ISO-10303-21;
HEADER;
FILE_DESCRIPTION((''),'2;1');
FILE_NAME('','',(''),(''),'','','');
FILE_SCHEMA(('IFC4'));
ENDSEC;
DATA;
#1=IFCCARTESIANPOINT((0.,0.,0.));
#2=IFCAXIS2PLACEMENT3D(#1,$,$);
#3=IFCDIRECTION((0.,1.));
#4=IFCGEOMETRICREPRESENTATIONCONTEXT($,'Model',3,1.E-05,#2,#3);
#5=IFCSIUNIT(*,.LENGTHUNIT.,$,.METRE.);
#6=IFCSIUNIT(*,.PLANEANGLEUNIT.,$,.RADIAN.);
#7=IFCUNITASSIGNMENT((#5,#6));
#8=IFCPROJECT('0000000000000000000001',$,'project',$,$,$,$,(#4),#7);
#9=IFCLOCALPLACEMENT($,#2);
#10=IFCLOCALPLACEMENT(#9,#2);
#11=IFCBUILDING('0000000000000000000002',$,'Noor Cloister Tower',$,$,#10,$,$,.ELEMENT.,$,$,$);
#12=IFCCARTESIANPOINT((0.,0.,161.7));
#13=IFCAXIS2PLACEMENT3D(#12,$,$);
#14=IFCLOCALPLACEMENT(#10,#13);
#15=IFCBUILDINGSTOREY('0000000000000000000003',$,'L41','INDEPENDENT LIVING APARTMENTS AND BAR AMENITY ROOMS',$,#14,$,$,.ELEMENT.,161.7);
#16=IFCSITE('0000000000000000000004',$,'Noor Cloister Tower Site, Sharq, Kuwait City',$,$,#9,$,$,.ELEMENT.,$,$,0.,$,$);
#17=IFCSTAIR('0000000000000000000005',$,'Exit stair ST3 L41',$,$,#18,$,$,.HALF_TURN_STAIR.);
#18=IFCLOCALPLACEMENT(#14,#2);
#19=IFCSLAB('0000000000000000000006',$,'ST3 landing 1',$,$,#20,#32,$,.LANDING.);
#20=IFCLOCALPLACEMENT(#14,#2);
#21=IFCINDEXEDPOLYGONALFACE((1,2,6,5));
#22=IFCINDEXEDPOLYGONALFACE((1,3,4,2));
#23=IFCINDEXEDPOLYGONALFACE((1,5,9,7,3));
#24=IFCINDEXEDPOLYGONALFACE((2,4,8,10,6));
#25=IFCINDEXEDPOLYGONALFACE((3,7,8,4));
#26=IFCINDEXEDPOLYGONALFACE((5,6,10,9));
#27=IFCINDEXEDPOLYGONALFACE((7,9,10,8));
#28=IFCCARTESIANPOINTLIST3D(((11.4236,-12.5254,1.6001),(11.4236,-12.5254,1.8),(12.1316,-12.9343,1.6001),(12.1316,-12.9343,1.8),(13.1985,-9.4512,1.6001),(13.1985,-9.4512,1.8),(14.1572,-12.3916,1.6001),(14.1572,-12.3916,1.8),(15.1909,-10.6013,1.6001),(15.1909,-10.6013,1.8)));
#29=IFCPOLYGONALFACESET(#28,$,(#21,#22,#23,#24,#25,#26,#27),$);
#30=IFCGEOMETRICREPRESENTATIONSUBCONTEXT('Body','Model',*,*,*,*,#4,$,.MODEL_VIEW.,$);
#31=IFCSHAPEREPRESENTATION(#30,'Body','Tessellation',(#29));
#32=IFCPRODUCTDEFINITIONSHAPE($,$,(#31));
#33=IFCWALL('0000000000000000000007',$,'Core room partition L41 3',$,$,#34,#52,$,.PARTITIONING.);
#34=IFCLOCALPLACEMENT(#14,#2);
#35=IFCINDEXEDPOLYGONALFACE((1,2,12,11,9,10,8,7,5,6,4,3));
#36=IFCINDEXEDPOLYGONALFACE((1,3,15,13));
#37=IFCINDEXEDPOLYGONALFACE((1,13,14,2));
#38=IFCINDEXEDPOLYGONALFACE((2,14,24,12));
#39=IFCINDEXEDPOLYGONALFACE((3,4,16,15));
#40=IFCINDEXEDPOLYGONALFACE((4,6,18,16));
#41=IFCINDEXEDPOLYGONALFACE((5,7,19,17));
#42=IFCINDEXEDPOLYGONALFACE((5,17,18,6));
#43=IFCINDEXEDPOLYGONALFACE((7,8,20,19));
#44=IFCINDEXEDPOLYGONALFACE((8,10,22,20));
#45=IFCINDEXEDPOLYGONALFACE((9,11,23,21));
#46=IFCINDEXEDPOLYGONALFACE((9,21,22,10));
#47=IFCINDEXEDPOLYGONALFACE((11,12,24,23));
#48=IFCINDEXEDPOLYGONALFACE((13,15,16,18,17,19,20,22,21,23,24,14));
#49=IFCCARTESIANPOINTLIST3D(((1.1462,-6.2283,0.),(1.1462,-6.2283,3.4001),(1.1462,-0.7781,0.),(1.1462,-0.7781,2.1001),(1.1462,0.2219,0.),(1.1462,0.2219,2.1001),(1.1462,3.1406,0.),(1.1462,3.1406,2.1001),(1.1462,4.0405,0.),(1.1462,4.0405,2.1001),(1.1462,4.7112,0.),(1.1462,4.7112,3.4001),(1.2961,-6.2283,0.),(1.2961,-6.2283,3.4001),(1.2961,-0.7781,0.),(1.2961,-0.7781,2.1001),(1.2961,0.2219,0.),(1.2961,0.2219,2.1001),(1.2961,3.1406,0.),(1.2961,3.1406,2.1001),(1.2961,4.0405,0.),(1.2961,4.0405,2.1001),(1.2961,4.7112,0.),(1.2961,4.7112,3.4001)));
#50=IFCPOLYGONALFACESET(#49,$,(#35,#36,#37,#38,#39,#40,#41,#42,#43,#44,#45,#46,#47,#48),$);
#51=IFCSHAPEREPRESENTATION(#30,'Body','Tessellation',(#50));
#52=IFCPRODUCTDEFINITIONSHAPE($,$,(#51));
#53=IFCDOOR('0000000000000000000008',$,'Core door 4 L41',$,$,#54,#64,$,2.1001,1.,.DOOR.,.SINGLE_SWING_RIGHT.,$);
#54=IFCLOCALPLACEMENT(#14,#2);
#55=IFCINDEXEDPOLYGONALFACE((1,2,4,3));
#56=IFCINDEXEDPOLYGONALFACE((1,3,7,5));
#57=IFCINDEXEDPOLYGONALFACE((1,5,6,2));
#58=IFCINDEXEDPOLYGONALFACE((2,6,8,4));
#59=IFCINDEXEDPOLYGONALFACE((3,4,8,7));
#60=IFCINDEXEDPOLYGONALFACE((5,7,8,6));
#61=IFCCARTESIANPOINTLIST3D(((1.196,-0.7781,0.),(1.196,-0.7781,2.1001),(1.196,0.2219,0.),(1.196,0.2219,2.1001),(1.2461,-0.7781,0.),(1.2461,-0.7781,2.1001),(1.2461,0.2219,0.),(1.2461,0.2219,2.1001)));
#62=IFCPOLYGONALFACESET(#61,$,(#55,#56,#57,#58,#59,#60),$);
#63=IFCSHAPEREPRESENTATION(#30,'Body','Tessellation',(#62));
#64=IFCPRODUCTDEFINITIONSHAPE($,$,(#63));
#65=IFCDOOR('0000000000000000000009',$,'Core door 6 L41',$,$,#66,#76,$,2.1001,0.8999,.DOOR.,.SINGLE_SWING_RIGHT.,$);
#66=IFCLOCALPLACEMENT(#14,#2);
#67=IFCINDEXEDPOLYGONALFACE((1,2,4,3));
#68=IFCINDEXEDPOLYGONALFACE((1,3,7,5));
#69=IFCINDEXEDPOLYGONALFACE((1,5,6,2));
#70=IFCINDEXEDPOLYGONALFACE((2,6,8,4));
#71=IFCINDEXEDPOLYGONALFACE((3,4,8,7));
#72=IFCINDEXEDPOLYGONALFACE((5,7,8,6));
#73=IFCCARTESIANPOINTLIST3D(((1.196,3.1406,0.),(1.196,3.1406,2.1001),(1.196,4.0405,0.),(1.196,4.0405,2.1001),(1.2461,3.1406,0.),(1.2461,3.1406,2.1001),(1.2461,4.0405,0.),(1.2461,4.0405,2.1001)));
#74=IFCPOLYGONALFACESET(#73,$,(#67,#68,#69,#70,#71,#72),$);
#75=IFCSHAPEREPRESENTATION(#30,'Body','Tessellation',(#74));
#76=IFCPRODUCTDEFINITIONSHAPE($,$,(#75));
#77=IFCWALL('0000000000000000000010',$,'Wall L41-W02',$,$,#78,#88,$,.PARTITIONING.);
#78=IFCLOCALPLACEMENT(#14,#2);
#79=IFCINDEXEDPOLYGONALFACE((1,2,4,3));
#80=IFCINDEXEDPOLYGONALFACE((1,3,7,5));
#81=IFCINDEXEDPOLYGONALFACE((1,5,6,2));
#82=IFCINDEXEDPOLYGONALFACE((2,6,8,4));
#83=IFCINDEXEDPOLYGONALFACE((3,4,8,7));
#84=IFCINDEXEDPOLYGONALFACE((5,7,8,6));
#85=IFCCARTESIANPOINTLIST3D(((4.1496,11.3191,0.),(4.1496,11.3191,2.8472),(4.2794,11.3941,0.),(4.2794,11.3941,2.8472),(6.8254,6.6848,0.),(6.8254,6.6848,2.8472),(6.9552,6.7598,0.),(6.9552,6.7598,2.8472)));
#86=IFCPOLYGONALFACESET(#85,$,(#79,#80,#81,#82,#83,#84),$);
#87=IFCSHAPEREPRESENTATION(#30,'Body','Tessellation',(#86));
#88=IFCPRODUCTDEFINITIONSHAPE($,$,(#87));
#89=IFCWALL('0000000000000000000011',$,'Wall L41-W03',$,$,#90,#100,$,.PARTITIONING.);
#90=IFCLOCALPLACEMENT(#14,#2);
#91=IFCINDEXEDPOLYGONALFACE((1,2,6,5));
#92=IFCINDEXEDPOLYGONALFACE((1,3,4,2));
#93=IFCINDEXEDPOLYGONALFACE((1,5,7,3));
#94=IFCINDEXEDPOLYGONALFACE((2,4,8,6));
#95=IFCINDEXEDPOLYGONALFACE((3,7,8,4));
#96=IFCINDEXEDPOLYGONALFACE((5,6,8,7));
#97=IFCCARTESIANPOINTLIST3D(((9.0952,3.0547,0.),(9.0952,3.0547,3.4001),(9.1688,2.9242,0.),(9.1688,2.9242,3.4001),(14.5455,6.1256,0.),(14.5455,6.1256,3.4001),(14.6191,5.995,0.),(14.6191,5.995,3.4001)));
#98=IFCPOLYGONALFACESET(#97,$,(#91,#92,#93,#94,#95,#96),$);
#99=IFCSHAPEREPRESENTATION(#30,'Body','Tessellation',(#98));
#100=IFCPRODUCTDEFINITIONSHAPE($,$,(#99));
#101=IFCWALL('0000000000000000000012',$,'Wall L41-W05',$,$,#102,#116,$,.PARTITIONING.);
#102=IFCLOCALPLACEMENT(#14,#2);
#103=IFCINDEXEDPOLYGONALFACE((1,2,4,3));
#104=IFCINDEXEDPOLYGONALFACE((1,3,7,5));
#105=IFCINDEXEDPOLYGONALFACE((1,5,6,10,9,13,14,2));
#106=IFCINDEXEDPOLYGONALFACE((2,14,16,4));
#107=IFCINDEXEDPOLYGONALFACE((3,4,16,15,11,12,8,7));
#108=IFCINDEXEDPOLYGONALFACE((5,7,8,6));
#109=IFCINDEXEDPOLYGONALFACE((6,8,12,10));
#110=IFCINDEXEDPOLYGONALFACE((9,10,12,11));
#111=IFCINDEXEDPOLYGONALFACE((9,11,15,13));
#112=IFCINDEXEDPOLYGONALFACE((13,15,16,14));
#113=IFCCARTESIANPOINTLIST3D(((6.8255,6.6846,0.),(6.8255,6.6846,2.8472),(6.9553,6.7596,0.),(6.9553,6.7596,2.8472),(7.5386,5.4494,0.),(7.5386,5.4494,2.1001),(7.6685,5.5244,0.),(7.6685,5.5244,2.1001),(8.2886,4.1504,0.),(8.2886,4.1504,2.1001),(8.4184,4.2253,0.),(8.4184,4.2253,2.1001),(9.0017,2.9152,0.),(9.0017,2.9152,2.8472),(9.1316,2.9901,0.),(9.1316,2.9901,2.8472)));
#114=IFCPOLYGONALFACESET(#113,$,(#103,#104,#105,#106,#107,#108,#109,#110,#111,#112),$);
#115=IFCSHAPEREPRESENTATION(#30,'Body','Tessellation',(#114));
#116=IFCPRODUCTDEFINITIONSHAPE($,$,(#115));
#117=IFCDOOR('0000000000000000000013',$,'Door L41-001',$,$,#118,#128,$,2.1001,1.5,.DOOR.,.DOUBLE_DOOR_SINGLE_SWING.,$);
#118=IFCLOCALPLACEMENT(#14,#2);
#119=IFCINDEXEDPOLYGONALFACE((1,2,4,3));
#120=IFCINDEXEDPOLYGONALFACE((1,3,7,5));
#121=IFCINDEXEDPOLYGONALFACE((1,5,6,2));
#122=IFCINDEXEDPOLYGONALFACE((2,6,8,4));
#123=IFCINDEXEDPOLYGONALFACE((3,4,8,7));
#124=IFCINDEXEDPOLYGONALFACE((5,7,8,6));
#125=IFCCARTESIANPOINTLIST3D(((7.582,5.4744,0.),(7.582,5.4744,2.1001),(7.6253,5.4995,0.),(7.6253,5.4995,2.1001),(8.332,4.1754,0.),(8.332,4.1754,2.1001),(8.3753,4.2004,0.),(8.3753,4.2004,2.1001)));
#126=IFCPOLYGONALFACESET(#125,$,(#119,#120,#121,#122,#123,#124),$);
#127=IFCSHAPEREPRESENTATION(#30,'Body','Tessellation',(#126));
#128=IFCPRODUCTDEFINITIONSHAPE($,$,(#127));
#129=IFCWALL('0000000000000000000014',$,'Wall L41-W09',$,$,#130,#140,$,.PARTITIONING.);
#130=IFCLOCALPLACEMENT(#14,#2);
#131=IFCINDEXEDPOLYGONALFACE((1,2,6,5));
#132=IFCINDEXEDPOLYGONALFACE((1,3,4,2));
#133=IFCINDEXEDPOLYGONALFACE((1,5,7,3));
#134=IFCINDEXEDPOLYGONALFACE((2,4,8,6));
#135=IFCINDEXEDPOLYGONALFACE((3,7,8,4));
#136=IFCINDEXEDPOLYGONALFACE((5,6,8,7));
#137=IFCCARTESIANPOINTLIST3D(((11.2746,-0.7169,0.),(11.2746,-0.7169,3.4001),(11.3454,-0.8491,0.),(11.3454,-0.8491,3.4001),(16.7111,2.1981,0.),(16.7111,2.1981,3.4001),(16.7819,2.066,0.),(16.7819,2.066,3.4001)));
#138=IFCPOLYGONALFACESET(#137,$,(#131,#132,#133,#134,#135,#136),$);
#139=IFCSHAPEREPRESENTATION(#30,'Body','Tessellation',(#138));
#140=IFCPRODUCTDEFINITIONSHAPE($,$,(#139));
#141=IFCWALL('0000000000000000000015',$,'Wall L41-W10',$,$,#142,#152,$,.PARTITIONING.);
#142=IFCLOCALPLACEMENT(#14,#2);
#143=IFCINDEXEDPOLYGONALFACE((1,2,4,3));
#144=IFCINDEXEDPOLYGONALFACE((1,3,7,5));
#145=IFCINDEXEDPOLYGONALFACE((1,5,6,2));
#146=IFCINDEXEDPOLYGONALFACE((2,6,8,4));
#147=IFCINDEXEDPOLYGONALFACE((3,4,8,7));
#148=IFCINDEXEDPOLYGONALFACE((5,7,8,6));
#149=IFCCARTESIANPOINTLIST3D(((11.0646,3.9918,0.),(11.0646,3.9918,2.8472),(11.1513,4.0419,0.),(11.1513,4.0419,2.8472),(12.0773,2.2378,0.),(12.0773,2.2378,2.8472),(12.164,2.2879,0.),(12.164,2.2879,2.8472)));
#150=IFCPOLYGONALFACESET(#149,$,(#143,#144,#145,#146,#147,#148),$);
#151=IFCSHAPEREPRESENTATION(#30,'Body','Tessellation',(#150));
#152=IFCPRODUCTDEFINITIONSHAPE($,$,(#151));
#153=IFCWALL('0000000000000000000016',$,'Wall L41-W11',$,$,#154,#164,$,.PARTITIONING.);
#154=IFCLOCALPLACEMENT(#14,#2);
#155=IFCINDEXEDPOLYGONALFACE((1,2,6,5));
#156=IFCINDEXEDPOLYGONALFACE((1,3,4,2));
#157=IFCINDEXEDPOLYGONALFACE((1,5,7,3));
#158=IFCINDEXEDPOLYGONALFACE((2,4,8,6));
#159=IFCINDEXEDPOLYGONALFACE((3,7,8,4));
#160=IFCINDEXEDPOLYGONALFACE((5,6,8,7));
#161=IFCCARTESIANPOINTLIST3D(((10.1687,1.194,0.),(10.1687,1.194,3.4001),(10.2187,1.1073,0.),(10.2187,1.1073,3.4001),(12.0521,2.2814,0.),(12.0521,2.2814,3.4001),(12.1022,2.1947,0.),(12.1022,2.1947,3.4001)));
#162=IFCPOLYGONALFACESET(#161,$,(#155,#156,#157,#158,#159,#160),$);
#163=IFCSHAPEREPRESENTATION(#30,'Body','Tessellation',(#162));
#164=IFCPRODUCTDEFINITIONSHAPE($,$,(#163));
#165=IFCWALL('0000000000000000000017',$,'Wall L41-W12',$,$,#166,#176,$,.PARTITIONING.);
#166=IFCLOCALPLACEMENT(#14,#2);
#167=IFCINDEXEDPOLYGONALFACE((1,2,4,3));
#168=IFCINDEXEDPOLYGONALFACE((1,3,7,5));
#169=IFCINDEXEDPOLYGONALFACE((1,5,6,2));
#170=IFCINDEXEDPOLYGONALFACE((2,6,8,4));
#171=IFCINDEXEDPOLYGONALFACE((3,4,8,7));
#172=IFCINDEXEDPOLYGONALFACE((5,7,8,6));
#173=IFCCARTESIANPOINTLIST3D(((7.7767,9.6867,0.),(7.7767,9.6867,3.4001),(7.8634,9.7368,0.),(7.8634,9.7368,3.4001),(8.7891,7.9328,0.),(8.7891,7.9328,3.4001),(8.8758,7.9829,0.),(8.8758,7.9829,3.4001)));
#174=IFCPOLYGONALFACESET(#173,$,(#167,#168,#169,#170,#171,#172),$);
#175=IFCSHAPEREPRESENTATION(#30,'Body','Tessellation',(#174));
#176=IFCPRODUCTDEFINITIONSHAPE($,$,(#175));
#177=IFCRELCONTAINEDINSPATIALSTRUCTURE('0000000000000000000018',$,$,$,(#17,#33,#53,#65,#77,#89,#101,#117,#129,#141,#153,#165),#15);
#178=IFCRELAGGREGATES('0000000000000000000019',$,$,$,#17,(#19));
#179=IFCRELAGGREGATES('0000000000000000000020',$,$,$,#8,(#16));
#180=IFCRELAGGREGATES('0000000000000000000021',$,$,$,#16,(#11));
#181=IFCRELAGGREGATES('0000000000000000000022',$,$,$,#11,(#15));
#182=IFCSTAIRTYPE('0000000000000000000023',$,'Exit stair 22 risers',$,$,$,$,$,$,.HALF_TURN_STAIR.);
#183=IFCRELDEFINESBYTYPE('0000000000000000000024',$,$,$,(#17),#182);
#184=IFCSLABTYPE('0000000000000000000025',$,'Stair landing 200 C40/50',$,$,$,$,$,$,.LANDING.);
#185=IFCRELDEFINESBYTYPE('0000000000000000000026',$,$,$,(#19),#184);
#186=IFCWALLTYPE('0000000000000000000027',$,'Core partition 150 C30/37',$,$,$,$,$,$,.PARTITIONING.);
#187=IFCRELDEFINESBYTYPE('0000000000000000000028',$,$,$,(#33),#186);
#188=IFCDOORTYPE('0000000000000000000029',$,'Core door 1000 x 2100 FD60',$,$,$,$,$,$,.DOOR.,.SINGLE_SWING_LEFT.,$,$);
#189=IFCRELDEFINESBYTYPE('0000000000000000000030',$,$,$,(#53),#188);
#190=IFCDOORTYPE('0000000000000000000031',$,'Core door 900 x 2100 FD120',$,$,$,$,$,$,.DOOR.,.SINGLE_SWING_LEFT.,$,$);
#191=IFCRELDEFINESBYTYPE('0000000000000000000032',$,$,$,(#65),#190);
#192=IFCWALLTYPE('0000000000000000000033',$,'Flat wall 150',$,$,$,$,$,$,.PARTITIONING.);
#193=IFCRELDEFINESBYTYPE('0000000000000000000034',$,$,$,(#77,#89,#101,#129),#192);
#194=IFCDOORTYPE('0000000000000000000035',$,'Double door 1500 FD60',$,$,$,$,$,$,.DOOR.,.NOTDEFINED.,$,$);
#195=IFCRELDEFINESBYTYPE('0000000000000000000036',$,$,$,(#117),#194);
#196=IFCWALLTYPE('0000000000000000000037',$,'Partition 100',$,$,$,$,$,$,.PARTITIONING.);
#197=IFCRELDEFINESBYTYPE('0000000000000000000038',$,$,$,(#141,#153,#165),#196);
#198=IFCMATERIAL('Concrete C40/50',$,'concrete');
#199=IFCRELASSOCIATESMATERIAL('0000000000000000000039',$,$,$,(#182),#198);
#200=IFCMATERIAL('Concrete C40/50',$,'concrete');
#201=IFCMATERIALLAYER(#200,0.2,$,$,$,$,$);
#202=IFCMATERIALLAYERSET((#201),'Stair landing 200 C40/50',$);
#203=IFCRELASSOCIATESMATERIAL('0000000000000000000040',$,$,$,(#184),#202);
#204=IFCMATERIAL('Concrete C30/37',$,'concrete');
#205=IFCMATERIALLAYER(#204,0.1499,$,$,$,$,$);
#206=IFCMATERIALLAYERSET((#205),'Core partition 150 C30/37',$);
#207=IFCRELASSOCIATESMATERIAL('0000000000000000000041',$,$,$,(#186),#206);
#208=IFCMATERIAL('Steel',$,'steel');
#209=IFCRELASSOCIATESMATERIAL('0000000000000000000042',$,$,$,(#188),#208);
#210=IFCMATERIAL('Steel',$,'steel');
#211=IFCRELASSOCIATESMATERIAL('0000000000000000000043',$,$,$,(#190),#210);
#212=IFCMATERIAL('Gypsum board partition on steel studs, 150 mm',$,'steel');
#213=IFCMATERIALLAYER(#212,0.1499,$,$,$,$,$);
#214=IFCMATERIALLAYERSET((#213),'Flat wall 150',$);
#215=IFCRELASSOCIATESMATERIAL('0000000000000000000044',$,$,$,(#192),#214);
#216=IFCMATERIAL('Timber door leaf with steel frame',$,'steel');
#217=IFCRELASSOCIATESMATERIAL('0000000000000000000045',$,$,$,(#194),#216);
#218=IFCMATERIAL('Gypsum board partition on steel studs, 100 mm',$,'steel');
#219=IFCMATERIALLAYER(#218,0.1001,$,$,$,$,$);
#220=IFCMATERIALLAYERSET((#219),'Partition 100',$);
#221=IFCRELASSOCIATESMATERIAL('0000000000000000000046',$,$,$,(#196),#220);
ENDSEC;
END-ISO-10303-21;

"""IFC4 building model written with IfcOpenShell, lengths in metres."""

from ifc_helpers import new_model, si_unit, direction, frame, frame_2d, origin, place, context, subcontext, project, spatial, polyline, rectangle, outline, extrude, material, layer, layer_set, type_object, element, fill, aggregate, save


model = new_model("IFC4")

# Units and contexts
model_context = context("Model", 3, precision=1e-05, world=origin(), true_north=direction((0.0, 1.0)))
body_context = subcontext(model_context, "Body", "Model", "MODEL_VIEW")
ifc_project = project(units=[si_unit("LENGTHUNIT", "METRE"), si_unit("PLANEANGLEUNIT", "RADIAN")], contexts=[model_context])

# Site, building, storey
site_placement = place(None, origin())
site = spatial("IfcSite", under=ifc_project, at=site_placement, Name="Noor Cloister Tower Site, Sharq, Kuwait City", CompositionType="ELEMENT", RefElevation=0.0)
building_placement = place(site_placement, origin())
building = spatial("IfcBuilding", under=site, at=building_placement, Name="Noor Cloister Tower", CompositionType="ELEMENT")
storey_placement = place(building_placement, frame((0.0, 0.0, 161.7)))
storey = spatial("IfcBuildingStorey", under=building, at=storey_placement, Name="L41", Description="INDEPENDENT LIVING APARTMENTS AND BAR AMENITY ROOMS", CompositionType="ELEMENT", Elevation=161.7)

# Stair, slab
ifc_material_1 = material(Name="Concrete C40/50", Category="concrete")
stair_type = type_object("IfcStairType", Name="Exit stair 22 risers", PredefinedType="HALF_TURN_STAIR", material=ifc_material_1)
stair_placement = place(storey_placement, origin())
stair = element("IfcStair", 1, at=stair_placement, inside=storey, type_object=stair_type, Name="Exit stair ST3 L41", PredefinedType="HALF_TURN_STAIR")
ifc_material_2 = material(Name="Concrete C40/50", Category="concrete")
ifc_layer_1 = layer(ifc_material_2, 0.2)
ifc_layer_set_1 = layer_set([ifc_layer_1], Name="Stair landing 200 C40/50")
slab_type = type_object("IfcSlabType", Name="Stair landing 200 C40/50", PredefinedType="LANDING", material=ifc_layer_set_1)
slab_placement = place(storey_placement, frame((0.0, 0.0, 1.6001)))
slab = element("IfcSlab", 2, at=slab_placement, type_object=slab_type, Name="ST3 landing 1", PredefinedType="LANDING", context=body_context, shape_type="SweptSolid", body=[
    extrude(outline(polyline([(11.4236, -12.5254), (12.1316, -12.9343), (14.1572, -12.3916), (15.1909, -10.6013), (13.1985, -9.4512), (11.4236, -12.5254)])), origin(), (0.0, 0.0, 1.0), 0.2),
])
aggregate(stair, [slab])

# Wall, openings, doors
ifc_material_3 = material(Name="Concrete C30/37", Category="concrete")
ifc_layer_2 = layer(ifc_material_3, 0.1499)
ifc_layer_set_2 = layer_set([ifc_layer_2], Name="Core partition 150 C30/37")
wall_type_1 = type_object("IfcWallType", Name="Core partition 150 C30/37", PredefinedType="PARTITIONING", material=ifc_layer_set_2)
wall_1_placement = place(storey_placement, frame((1.2212, 4.7112, 0.0), z_axis=(0.0, 0.0, 1.0), x_axis=(0.0, -1.0, 0.0)))
wall_1 = element("IfcWall", 3, at=wall_1_placement, inside=storey, type_object=wall_type_1, Name="Core room partition L41 3", PredefinedType="PARTITIONING", context=body_context, shape_type="SweptSolid", body=[
    extrude(rectangle(XDim=10.9395, YDim=0.1499, at=frame_2d((5.4697, 0.0))), origin(), (0.0, 0.0, 1.0), 3.4001),
])
opening_1_placement = place(wall_1_placement, frame((4.4893, 0.0, 0.0)))
opening_1 = element("IfcOpeningElement", 4, at=opening_1_placement, cuts=wall_1, PredefinedType="OPENING", context=body_context, shape_type="SweptSolid", body=[
    extrude(rectangle(XDim=1.0, YDim=2.1001, at=frame_2d((0.5, 1.05))), frame((0.0, 0.085, 0.0), z_axis=(0.0, -1.0, 0.0), x_axis=(1.0, 0.0, 0.0)), (0.0, 0.0, 1.0), 0.1699),
])
opening_2_placement = place(wall_1_placement, frame((0.6707, 0.0, 0.0)))
opening_2 = element("IfcOpeningElement", 5, at=opening_2_placement, cuts=wall_1, PredefinedType="OPENING", context=body_context, shape_type="SweptSolid", body=[
    extrude(rectangle(XDim=0.8999, YDim=2.1001, at=frame_2d((0.45, 1.05))), frame((0.0, 0.085, 0.0), z_axis=(0.0, -1.0, 0.0), x_axis=(1.0, 0.0, 0.0)), (0.0, 0.0, 1.0), 0.1699),
])
ifc_material_4 = material(Name="Steel", Category="steel")
door_type_1 = type_object("IfcDoorType", Name="Core door 1000 x 2100 FD60", OperationType="SINGLE_SWING_LEFT", PredefinedType="DOOR", material=ifc_material_4)
door_1_placement = place(opening_1_placement, origin())
door_1 = element("IfcDoor", 6, at=door_1_placement, inside=storey, type_object=door_type_1, Name="Core door 4 L41", OperationType="SINGLE_SWING_RIGHT", OverallHeight=2.1001, OverallWidth=1.0, PredefinedType="DOOR", context=body_context, shape_type="SweptSolid", body=[
    extrude(rectangle(XDim=1.0, YDim=2.1001, at=frame_2d((0.5, 1.05))), frame((0.0, 0.0249, 0.0), z_axis=(0.0, -1.0, 0.0), x_axis=(1.0, 0.0, 0.0)), (0.0, 0.0, 1.0), 0.05),
])
fill(opening_1, door_1)
ifc_material_5 = material(Name="Steel", Category="steel")
door_type_2 = type_object("IfcDoorType", Name="Core door 900 x 2100 FD120", OperationType="SINGLE_SWING_LEFT", PredefinedType="DOOR", material=ifc_material_5)
door_2_placement = place(opening_2_placement, origin())
door_2 = element("IfcDoor", 7, at=door_2_placement, inside=storey, type_object=door_type_2, Name="Core door 6 L41", OperationType="SINGLE_SWING_RIGHT", OverallHeight=2.1001, OverallWidth=0.8999, PredefinedType="DOOR", context=body_context, shape_type="SweptSolid", body=[
    extrude(rectangle(XDim=0.8999, YDim=2.1001, at=frame_2d((0.45, 1.05))), frame((0.0, 0.0249, 0.0), z_axis=(0.0, -1.0, 0.0), x_axis=(1.0, 0.0, 0.0)), (0.0, 0.0, 1.0), 0.05),
])
fill(opening_2, door_2)

# Walls
ifc_material_6 = material(Name="Gypsum board partition on steel studs, 150 mm", Category="steel")
ifc_layer_3 = layer(ifc_material_6, 0.1499)
ifc_layer_set_3 = layer_set([ifc_layer_3], Name="Flat wall 150")
wall_type_2 = type_object("IfcWallType", Name="Flat wall 150", PredefinedType="PARTITIONING", material=ifc_layer_set_3)
wall_2_placement = place(storey_placement, frame((6.8904, 6.7222, 0.0), z_axis=(0.0, 0.0, 1.0), x_axis=(-0.500025, 0.866011, 0.0)))
element("IfcWall", 8, at=wall_2_placement, inside=storey, type_object=wall_type_2, Name="Wall L41-W02", PredefinedType="PARTITIONING", context=body_context, shape_type="SweptSolid", body=[
    extrude(rectangle(XDim=5.3513, YDim=0.1499, at=frame_2d((2.6758, 0.0))), origin(), (0.0, 0.0, 1.0), 2.8472),
])
wall_3_placement = place(storey_placement, frame((14.5823, 6.0603, 0.0), z_axis=(0.0, 0.0, 1.0), x_axis=(-0.871229, -0.490876, 0.0)))
element("IfcWall", 9, at=wall_3_placement, inside=storey, type_object=wall_type_2, Name="Wall L41-W03", PredefinedType="PARTITIONING", context=body_context, shape_type="SweptSolid", body=[
    extrude(rectangle(XDim=6.2559, YDim=0.1499, at=frame_2d((3.1279, 0.0))), origin(), (0.0, 0.0, 1.0), 3.4001),
])

# Wall, opening, door
wall_4_placement = place(storey_placement, frame((9.0667, 2.9526, 0.0), z_axis=(0.0, 0.0, 1.0), x_axis=(-0.499988, 0.866032, 0.0)))
wall_4 = element("IfcWall", 10, at=wall_4_placement, inside=storey, type_object=wall_type_2, Name="Wall L41-W05", PredefinedType="PARTITIONING", context=body_context, shape_type="SweptSolid", body=[
    extrude(rectangle(XDim=4.3525, YDim=0.1499, at=frame_2d((2.1763, 0.0))), origin(), (0.0, 0.0, 1.0), 2.8472),
])
opening_3_placement = place(wall_4_placement, frame((1.4263, 0.0, 0.0)))
opening_3 = element("IfcOpeningElement", 11, at=opening_3_placement, cuts=wall_4, PredefinedType="OPENING", context=body_context, shape_type="SweptSolid", body=[
    extrude(rectangle(XDim=1.5, YDim=2.1001, at=frame_2d((0.75, 1.05))), frame((0.0, 0.085, 0.0), z_axis=(0.0, -1.0, 0.0), x_axis=(1.0, 0.0, 0.0)), (0.0, 0.0, 1.0), 0.1699),
])
ifc_material_7 = material(Name="Timber door leaf with steel frame", Category="steel")
door_type_3 = type_object("IfcDoorType", Name="Double door 1500 FD60", OperationType="NOTDEFINED", PredefinedType="DOOR", material=ifc_material_7)
door_3_placement = place(opening_3_placement, origin())
door_3 = element("IfcDoor", 12, at=door_3_placement, inside=storey, type_object=door_type_3, Name="Door L41-001", OperationType="DOUBLE_DOOR_SINGLE_SWING", OverallHeight=2.1001, OverallWidth=1.5, PredefinedType="DOOR", context=body_context, shape_type="SweptSolid", body=[
    extrude(rectangle(XDim=1.5, YDim=2.1001, at=frame_2d((0.75, 1.05))), frame((0.0, 0.0249, 0.0), z_axis=(0.0, -1.0, 0.0), x_axis=(1.0, 0.0, 0.0)), (0.0, 0.0, 1.0), 0.05),
])
fill(opening_3, door_3)

# Walls
wall_5_placement = place(storey_placement, frame((16.7466, 2.1321, 0.0), z_axis=(0.0, 0.0, 1.0), x_axis=(-0.881303, -0.472551, 0.0)))
element("IfcWall", 13, at=wall_5_placement, inside=storey, type_object=wall_type_2, Name="Wall L41-W09", PredefinedType="PARTITIONING", context=body_context, shape_type="SweptSolid", body=[
    extrude(rectangle(XDim=6.1687, YDim=0.1499, at=frame_2d((3.0845, 0.0))), origin(), (0.0, 0.0, 1.0), 3.4001),
])
ifc_material_8 = material(Name="Gypsum board partition on steel studs, 100 mm", Category="steel")
ifc_layer_4 = layer(ifc_material_8, 0.1001)
ifc_layer_set_4 = layer_set([ifc_layer_4], Name="Partition 100")
wall_type_3 = type_object("IfcWallType", Name="Partition 100", PredefinedType="PARTITIONING", material=ifc_layer_set_4)
wall_6_placement = place(storey_placement, frame((11.1079, 4.0168, 0.0), z_axis=(0.0, 0.0, 1.0), x_axis=(0.500029, -0.866009, 0.0)))
element("IfcWall", 14, at=wall_6_placement, inside=storey, type_object=wall_type_3, Name="Wall L41-W10", PredefinedType="PARTITIONING", context=body_context, shape_type="SweptSolid", body=[
    extrude(rectangle(XDim=2.0254, YDim=0.1001, at=frame_2d((1.0127, 0.0))), origin(), (0.0, 0.0, 1.0), 2.8472),
])
wall_7_placement = place(storey_placement, frame((12.0771, 2.238, 0.0), z_axis=(0.0, 0.0, 1.0), x_axis=(-0.866038, -0.499978, 0.0)))
element("IfcWall", 15, at=wall_7_placement, inside=storey, type_object=wall_type_3, Name="Wall L41-W11", PredefinedType="PARTITIONING", context=body_context, shape_type="SweptSolid", body=[
    extrude(rectangle(XDim=2.1748, YDim=0.1001, at=frame_2d((1.0874, 0.0))), origin(), (0.0, 0.0, 1.0), 3.4001),
])
wall_8_placement = place(storey_placement, frame((8.8325, 7.9578, 0.0), z_axis=(0.0, 0.0, 1.0), x_axis=(-0.499938, 0.866061, 0.0)))
element("IfcWall", 16, at=wall_8_placement, inside=storey, type_object=wall_type_3, Name="Wall L41-W12", PredefinedType="PARTITIONING", context=body_context, shape_type="SweptSolid", body=[
    extrude(rectangle(XDim=2.0251, YDim=0.1001, at=frame_2d((1.0127, 0.0))), origin(), (0.0, 0.0, 1.0), 3.4001),
])

save(model, "model.ifc")
